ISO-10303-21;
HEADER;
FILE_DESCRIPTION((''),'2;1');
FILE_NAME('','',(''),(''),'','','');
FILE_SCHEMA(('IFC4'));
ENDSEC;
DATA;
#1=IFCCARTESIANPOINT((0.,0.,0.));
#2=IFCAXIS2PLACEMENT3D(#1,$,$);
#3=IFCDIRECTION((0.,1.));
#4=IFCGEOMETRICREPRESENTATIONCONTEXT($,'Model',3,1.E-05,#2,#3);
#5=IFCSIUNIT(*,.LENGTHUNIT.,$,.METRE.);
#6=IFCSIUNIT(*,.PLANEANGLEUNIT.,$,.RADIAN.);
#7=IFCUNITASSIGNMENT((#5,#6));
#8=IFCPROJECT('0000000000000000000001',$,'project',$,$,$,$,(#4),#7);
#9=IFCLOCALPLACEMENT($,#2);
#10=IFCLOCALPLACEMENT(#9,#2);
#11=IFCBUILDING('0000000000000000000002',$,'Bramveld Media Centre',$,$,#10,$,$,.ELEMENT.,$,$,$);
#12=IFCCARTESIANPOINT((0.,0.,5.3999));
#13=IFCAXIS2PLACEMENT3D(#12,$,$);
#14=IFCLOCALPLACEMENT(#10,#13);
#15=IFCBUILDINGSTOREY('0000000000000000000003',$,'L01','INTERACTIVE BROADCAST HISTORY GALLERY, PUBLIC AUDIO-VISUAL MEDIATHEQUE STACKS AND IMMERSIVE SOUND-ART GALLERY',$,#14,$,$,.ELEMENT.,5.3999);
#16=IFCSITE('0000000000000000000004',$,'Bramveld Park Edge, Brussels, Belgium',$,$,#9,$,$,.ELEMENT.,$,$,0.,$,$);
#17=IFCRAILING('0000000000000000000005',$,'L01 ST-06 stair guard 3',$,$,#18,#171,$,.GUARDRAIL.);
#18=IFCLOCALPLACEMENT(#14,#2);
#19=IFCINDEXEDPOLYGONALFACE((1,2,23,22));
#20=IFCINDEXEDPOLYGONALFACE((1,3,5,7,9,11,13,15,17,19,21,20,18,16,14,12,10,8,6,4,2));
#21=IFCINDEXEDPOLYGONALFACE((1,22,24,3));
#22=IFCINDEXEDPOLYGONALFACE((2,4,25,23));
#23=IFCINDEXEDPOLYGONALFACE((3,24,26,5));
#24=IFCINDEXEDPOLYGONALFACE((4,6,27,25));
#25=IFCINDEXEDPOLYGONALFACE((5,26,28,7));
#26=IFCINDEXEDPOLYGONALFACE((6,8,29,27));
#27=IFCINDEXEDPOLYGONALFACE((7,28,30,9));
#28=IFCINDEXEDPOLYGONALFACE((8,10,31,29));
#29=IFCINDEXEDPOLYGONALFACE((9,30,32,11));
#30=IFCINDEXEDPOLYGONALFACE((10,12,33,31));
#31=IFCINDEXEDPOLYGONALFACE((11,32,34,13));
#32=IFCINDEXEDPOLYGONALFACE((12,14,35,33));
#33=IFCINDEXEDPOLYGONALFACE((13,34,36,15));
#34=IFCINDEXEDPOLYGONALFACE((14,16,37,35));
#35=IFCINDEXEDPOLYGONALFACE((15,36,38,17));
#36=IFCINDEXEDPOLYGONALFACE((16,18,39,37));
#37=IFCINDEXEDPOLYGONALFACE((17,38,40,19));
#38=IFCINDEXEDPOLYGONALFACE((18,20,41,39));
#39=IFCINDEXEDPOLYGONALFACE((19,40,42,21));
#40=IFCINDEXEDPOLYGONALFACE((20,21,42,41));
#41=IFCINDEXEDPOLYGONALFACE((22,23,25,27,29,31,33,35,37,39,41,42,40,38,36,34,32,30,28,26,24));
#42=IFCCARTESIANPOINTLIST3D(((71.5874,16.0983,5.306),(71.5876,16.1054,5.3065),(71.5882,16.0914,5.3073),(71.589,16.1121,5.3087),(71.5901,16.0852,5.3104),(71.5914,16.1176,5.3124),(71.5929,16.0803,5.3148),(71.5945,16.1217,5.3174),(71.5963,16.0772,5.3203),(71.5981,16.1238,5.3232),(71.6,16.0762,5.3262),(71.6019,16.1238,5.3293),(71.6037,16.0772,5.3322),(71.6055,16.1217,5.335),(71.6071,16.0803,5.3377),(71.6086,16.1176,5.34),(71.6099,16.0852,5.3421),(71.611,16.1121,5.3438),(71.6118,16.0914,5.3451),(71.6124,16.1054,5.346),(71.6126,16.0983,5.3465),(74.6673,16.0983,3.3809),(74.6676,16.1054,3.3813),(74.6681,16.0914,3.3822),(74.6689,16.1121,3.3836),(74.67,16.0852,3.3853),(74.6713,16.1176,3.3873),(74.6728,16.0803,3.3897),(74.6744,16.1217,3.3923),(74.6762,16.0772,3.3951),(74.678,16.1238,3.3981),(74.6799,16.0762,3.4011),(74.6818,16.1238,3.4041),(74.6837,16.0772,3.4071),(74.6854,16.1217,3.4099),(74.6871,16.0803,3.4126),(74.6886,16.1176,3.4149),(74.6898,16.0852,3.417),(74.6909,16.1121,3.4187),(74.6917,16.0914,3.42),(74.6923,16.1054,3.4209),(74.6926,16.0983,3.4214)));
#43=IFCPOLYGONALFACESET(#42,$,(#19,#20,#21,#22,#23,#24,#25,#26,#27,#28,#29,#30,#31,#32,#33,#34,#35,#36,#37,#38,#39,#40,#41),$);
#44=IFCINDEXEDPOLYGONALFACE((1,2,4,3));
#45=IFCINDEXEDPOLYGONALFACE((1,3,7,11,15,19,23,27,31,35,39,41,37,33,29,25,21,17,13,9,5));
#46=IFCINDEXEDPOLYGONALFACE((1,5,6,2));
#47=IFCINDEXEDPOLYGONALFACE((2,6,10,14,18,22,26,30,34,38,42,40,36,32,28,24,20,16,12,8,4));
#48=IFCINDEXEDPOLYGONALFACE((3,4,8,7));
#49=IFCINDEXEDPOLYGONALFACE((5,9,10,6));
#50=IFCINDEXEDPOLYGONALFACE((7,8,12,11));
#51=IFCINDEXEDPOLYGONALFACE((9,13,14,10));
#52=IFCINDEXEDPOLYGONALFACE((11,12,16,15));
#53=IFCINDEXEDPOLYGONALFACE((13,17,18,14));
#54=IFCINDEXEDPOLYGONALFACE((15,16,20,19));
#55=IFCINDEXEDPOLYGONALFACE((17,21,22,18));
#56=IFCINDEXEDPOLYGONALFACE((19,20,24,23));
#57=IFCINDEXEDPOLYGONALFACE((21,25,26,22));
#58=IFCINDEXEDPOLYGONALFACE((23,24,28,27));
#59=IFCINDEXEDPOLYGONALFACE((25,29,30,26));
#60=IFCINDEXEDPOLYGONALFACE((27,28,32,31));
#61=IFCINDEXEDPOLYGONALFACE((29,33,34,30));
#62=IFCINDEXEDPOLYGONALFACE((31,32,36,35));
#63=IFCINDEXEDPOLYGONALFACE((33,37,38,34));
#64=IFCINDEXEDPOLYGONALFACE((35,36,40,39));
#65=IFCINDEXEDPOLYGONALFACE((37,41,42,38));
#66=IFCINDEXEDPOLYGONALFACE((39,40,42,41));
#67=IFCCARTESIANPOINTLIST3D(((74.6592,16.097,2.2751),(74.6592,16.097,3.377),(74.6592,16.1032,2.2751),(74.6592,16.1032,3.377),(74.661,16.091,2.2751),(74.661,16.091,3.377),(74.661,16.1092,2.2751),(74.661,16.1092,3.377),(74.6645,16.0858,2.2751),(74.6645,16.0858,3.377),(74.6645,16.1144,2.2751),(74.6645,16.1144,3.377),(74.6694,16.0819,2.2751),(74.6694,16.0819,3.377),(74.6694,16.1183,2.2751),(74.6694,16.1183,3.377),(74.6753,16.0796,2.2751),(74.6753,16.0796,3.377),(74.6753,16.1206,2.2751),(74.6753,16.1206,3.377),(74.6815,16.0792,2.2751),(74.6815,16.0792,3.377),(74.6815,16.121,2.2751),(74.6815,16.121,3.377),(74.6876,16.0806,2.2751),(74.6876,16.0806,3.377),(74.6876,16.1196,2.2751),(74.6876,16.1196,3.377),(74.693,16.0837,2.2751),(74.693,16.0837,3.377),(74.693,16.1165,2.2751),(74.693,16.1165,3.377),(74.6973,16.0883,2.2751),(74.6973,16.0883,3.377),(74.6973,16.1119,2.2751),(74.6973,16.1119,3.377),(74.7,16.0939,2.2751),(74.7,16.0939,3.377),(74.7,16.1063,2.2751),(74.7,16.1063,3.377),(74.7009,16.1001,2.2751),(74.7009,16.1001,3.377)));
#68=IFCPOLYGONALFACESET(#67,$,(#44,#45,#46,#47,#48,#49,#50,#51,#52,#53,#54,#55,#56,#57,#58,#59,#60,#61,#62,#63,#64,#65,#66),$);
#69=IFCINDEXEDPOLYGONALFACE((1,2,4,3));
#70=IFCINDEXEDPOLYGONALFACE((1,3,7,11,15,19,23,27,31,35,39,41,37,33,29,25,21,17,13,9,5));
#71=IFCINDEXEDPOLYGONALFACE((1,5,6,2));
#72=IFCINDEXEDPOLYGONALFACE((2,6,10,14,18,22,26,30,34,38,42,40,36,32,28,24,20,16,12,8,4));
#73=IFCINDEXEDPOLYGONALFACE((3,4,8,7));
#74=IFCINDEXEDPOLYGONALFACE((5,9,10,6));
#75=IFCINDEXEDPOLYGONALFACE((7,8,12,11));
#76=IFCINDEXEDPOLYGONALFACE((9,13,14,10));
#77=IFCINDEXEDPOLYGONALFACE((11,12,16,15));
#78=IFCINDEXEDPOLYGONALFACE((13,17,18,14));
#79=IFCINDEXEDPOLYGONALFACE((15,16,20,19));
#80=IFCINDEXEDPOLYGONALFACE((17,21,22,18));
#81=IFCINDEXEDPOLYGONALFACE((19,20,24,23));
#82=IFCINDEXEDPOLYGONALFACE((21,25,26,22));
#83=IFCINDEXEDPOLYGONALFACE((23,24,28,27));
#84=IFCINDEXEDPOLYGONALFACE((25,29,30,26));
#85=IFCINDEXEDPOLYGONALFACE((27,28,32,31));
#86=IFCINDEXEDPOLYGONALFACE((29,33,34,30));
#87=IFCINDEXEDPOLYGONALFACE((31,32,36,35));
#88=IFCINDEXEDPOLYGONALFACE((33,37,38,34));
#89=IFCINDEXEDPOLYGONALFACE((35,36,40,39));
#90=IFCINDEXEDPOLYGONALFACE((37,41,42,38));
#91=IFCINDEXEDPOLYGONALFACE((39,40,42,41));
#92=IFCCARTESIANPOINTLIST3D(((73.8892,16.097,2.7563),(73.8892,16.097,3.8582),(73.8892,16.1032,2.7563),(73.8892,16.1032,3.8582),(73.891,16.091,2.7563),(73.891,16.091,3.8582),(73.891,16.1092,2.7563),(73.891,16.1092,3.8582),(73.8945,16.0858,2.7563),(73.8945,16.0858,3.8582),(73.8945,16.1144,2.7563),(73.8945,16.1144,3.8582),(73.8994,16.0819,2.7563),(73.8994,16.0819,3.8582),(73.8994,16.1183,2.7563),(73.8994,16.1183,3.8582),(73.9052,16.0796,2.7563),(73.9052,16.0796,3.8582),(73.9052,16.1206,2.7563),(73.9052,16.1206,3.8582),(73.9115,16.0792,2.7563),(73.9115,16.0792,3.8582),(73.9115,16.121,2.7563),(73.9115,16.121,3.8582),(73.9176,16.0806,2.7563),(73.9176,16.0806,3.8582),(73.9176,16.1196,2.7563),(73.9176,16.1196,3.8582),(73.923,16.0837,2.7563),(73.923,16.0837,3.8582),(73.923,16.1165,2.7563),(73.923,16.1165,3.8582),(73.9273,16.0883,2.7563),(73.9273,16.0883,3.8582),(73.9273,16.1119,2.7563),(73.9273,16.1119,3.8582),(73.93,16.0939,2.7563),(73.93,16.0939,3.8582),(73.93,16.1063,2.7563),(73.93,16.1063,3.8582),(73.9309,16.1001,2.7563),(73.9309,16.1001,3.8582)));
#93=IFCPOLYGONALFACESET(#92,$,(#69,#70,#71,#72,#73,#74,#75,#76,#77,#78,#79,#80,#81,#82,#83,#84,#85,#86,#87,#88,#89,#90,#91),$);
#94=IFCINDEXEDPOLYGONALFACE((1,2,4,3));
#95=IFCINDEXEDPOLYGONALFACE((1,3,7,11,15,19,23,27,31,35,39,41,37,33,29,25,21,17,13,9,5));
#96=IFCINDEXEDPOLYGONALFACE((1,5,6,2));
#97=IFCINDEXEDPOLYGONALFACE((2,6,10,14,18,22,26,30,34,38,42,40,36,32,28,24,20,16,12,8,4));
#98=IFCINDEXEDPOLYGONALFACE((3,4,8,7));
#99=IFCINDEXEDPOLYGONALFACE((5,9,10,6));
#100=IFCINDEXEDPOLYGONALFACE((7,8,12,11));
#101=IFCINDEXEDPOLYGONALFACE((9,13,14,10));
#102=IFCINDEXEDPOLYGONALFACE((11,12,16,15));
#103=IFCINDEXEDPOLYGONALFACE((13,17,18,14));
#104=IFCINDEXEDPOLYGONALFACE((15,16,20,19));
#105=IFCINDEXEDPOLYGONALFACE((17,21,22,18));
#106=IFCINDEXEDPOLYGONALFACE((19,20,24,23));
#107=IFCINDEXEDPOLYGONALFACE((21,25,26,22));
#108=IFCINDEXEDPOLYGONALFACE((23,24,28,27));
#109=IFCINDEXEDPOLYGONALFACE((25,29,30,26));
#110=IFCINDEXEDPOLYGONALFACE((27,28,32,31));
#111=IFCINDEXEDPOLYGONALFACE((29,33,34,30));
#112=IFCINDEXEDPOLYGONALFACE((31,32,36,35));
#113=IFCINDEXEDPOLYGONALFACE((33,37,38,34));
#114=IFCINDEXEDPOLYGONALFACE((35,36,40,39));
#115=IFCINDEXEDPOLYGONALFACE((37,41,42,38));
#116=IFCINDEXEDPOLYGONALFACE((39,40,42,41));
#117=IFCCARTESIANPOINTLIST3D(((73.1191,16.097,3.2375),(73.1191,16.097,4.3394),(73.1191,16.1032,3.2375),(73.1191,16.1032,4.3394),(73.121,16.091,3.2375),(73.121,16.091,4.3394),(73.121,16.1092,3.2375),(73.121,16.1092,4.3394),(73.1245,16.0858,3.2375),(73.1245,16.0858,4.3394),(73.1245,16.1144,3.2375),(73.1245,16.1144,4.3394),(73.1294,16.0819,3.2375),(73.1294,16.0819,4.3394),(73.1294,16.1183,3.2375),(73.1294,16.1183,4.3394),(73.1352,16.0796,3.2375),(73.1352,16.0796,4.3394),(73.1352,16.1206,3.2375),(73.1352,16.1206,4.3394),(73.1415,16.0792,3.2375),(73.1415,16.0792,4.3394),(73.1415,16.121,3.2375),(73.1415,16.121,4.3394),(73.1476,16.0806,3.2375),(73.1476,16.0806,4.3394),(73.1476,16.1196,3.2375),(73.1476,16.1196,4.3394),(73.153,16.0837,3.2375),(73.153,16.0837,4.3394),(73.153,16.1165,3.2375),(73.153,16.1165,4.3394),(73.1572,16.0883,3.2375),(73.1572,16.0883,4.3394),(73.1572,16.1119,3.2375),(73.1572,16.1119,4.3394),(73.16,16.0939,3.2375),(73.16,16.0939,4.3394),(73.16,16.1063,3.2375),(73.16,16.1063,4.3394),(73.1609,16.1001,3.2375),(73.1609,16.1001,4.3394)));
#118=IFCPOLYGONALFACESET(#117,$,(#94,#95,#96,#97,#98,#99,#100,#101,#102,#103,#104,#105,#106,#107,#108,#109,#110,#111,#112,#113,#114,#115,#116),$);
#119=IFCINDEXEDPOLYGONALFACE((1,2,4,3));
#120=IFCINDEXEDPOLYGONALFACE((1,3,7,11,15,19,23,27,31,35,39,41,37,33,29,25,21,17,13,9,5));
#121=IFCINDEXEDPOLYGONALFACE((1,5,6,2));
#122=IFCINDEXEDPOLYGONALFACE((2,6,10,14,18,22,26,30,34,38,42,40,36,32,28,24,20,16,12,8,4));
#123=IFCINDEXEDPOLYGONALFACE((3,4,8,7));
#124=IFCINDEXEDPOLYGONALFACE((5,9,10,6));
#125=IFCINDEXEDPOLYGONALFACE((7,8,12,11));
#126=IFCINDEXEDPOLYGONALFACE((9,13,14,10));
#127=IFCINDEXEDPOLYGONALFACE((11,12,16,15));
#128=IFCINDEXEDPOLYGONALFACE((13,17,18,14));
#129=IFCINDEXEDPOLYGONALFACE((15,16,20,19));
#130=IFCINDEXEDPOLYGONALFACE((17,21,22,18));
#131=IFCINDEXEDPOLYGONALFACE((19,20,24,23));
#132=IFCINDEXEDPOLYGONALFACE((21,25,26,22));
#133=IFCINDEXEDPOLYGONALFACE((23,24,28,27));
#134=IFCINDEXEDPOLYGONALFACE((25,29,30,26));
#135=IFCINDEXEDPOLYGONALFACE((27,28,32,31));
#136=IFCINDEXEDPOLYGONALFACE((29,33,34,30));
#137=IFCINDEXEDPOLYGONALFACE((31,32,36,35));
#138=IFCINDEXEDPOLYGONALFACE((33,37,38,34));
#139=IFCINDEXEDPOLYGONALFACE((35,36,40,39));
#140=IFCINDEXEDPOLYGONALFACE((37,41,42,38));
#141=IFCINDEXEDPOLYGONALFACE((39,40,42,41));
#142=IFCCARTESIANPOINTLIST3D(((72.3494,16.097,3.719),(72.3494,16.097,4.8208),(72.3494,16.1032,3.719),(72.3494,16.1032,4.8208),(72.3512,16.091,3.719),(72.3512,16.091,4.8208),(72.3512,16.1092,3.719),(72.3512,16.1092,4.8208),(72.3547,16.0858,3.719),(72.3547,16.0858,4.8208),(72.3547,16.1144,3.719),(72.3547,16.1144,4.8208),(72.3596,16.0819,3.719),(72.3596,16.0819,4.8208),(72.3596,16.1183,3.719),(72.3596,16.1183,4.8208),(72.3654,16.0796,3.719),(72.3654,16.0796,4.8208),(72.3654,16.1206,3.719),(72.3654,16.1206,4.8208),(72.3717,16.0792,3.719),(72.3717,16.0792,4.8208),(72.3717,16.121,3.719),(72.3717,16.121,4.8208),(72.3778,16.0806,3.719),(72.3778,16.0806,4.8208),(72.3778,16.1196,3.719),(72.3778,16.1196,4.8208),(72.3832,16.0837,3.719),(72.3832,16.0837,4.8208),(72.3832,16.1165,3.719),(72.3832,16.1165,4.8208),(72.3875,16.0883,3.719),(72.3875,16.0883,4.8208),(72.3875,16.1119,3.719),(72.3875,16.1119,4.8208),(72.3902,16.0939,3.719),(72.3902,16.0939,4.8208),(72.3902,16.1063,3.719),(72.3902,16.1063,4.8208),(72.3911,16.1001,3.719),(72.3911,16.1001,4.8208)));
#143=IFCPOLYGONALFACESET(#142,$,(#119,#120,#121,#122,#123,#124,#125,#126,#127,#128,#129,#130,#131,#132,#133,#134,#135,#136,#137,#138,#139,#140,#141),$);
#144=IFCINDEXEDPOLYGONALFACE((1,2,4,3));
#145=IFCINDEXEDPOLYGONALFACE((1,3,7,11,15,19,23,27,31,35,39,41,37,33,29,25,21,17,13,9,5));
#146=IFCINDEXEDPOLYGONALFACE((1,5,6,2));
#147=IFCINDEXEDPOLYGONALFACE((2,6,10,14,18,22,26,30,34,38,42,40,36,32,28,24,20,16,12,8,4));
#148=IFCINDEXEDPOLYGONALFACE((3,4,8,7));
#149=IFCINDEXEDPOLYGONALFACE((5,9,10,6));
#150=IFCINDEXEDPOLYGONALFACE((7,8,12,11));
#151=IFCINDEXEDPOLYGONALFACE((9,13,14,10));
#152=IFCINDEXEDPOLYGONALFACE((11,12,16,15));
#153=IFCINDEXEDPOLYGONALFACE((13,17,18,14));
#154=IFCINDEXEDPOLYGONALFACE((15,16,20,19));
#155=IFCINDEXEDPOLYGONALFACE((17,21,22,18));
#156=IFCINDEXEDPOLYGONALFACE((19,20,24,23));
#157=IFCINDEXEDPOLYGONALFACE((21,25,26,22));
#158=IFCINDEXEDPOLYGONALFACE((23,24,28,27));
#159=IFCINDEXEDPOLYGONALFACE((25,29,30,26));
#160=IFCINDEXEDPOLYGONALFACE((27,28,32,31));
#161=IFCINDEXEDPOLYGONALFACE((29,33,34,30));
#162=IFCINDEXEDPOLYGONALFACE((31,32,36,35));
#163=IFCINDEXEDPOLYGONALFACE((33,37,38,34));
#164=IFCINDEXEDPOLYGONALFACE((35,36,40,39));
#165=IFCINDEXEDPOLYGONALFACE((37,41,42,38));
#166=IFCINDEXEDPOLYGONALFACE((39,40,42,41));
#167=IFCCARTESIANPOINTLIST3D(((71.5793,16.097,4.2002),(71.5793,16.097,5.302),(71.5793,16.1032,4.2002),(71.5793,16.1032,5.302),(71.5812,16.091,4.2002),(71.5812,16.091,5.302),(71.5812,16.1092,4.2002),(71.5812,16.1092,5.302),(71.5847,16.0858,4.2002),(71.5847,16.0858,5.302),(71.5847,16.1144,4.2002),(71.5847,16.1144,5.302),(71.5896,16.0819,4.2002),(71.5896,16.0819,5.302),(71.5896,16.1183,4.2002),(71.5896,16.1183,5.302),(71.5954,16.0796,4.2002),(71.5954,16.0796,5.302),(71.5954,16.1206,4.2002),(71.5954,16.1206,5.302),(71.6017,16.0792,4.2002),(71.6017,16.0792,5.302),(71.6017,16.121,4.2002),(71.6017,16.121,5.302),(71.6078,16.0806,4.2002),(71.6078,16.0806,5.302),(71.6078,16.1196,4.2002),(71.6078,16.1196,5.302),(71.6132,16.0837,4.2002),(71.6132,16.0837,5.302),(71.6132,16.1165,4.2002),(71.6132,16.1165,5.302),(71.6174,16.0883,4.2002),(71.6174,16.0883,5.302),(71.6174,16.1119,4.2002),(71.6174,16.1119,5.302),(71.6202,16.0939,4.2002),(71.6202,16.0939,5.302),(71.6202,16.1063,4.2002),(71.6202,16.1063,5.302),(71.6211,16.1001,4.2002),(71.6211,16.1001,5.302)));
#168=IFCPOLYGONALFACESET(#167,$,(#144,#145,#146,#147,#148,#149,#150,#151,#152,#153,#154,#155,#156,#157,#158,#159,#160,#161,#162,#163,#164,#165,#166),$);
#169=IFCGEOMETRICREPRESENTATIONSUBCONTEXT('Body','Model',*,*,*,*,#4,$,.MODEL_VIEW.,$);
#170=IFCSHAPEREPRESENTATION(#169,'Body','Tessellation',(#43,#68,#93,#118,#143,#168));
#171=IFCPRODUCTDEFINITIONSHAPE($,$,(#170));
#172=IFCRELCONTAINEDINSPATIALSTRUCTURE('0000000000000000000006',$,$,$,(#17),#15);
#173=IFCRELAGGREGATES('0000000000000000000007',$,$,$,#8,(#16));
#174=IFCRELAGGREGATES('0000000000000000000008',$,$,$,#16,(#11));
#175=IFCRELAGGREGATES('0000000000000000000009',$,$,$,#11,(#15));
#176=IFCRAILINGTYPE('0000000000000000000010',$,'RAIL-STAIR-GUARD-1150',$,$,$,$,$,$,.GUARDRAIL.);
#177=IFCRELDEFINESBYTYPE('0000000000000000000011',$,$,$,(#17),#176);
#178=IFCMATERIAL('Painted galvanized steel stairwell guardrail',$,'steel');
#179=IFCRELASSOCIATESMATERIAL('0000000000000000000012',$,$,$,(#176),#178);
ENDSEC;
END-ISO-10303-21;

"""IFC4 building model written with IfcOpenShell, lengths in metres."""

from ifc_helpers import new_model, si_unit, direction, frame, origin, origin_2d, place, context, subcontext, project, spatial, circle, extrude, material, type_object, element, save


model = new_model("IFC4")

# Units and contexts
model_context = context("Model", 3, precision=1e-05, world=origin(), true_north=direction((0.0, 1.0)))
body_context = subcontext(model_context, "Body", "Model", "MODEL_VIEW")
ifc_project = project(units=[si_unit("LENGTHUNIT", "METRE"), si_unit("PLANEANGLEUNIT", "RADIAN")], contexts=[model_context])

# Site, building, storey
site_placement = place(None, origin())
site = spatial("IfcSite", under=ifc_project, at=site_placement, Name="Bramveld Park Edge, Brussels, Belgium", CompositionType="ELEMENT", RefElevation=0.0)
building_placement = place(site_placement, origin())
building = spatial("IfcBuilding", under=site, at=building_placement, Name="Bramveld Media Centre", CompositionType="ELEMENT")
storey_placement = place(building_placement, frame((0.0, 0.0, 5.3999)))
storey = spatial("IfcBuildingStorey", under=building, at=storey_placement, Name="L01", Description="INTERACTIVE BROADCAST HISTORY GALLERY, PUBLIC AUDIO-VISUAL MEDIATHEQUE STACKS AND IMMERSIVE SOUND-ART GALLERY", CompositionType="ELEMENT", Elevation=5.3999)

# Railing
ifc_material_1 = material(Name="Painted galvanized steel stairwell guardrail", Category="steel")
railing_type_1 = type_object("IfcRailingType", Name="RAIL-STAIR-GUARD-1150", PredefinedType="GUARDRAIL", material=ifc_material_1)
railing_1_placement = place(storey_placement, frame((74.6799, 16.1001, 2.2751)))
element("IfcRailing", 1, at=railing_1_placement, inside=storey, type_object=railing_type_1, Name="L01 ST-06 stair guard 3", PredefinedType="GUARDRAIL", context=body_context, shape_type="SweptSolid", body=[
    extrude(circle(Radius=0.0239, at=origin_2d()), frame((0.0, 0.0, 1.126), z_axis=(-0.847979, 0.0, 0.530029), x_axis=(0.0, -1.0, 0.0)), (0.0, 0.0, 1.0), 3.6321),
    extrude(circle(Radius=0.021, at=origin_2d()), origin(), (0.0, 0.0, 1.0), 1.1018),
    extrude(circle(Radius=0.021, at=origin_2d()), frame((-0.77, 0.0, 0.4812)), (0.0, 0.0, 1.0), 1.1018),
    extrude(circle(Radius=0.021, at=origin_2d()), frame((-1.54, 0.0, 0.9624)), (0.0, 0.0, 1.0), 1.1018),
    extrude(circle(Radius=0.021, at=origin_2d()), frame((-2.3098, 0.0, 1.4438)), (0.0, 0.0, 1.0), 1.1018),
    extrude(circle(Radius=0.021, at=origin_2d()), frame((-3.0798, 0.0, 1.925)), (0.0, 0.0, 1.0), 1.1018),
])

save(model, "model.ifc")
